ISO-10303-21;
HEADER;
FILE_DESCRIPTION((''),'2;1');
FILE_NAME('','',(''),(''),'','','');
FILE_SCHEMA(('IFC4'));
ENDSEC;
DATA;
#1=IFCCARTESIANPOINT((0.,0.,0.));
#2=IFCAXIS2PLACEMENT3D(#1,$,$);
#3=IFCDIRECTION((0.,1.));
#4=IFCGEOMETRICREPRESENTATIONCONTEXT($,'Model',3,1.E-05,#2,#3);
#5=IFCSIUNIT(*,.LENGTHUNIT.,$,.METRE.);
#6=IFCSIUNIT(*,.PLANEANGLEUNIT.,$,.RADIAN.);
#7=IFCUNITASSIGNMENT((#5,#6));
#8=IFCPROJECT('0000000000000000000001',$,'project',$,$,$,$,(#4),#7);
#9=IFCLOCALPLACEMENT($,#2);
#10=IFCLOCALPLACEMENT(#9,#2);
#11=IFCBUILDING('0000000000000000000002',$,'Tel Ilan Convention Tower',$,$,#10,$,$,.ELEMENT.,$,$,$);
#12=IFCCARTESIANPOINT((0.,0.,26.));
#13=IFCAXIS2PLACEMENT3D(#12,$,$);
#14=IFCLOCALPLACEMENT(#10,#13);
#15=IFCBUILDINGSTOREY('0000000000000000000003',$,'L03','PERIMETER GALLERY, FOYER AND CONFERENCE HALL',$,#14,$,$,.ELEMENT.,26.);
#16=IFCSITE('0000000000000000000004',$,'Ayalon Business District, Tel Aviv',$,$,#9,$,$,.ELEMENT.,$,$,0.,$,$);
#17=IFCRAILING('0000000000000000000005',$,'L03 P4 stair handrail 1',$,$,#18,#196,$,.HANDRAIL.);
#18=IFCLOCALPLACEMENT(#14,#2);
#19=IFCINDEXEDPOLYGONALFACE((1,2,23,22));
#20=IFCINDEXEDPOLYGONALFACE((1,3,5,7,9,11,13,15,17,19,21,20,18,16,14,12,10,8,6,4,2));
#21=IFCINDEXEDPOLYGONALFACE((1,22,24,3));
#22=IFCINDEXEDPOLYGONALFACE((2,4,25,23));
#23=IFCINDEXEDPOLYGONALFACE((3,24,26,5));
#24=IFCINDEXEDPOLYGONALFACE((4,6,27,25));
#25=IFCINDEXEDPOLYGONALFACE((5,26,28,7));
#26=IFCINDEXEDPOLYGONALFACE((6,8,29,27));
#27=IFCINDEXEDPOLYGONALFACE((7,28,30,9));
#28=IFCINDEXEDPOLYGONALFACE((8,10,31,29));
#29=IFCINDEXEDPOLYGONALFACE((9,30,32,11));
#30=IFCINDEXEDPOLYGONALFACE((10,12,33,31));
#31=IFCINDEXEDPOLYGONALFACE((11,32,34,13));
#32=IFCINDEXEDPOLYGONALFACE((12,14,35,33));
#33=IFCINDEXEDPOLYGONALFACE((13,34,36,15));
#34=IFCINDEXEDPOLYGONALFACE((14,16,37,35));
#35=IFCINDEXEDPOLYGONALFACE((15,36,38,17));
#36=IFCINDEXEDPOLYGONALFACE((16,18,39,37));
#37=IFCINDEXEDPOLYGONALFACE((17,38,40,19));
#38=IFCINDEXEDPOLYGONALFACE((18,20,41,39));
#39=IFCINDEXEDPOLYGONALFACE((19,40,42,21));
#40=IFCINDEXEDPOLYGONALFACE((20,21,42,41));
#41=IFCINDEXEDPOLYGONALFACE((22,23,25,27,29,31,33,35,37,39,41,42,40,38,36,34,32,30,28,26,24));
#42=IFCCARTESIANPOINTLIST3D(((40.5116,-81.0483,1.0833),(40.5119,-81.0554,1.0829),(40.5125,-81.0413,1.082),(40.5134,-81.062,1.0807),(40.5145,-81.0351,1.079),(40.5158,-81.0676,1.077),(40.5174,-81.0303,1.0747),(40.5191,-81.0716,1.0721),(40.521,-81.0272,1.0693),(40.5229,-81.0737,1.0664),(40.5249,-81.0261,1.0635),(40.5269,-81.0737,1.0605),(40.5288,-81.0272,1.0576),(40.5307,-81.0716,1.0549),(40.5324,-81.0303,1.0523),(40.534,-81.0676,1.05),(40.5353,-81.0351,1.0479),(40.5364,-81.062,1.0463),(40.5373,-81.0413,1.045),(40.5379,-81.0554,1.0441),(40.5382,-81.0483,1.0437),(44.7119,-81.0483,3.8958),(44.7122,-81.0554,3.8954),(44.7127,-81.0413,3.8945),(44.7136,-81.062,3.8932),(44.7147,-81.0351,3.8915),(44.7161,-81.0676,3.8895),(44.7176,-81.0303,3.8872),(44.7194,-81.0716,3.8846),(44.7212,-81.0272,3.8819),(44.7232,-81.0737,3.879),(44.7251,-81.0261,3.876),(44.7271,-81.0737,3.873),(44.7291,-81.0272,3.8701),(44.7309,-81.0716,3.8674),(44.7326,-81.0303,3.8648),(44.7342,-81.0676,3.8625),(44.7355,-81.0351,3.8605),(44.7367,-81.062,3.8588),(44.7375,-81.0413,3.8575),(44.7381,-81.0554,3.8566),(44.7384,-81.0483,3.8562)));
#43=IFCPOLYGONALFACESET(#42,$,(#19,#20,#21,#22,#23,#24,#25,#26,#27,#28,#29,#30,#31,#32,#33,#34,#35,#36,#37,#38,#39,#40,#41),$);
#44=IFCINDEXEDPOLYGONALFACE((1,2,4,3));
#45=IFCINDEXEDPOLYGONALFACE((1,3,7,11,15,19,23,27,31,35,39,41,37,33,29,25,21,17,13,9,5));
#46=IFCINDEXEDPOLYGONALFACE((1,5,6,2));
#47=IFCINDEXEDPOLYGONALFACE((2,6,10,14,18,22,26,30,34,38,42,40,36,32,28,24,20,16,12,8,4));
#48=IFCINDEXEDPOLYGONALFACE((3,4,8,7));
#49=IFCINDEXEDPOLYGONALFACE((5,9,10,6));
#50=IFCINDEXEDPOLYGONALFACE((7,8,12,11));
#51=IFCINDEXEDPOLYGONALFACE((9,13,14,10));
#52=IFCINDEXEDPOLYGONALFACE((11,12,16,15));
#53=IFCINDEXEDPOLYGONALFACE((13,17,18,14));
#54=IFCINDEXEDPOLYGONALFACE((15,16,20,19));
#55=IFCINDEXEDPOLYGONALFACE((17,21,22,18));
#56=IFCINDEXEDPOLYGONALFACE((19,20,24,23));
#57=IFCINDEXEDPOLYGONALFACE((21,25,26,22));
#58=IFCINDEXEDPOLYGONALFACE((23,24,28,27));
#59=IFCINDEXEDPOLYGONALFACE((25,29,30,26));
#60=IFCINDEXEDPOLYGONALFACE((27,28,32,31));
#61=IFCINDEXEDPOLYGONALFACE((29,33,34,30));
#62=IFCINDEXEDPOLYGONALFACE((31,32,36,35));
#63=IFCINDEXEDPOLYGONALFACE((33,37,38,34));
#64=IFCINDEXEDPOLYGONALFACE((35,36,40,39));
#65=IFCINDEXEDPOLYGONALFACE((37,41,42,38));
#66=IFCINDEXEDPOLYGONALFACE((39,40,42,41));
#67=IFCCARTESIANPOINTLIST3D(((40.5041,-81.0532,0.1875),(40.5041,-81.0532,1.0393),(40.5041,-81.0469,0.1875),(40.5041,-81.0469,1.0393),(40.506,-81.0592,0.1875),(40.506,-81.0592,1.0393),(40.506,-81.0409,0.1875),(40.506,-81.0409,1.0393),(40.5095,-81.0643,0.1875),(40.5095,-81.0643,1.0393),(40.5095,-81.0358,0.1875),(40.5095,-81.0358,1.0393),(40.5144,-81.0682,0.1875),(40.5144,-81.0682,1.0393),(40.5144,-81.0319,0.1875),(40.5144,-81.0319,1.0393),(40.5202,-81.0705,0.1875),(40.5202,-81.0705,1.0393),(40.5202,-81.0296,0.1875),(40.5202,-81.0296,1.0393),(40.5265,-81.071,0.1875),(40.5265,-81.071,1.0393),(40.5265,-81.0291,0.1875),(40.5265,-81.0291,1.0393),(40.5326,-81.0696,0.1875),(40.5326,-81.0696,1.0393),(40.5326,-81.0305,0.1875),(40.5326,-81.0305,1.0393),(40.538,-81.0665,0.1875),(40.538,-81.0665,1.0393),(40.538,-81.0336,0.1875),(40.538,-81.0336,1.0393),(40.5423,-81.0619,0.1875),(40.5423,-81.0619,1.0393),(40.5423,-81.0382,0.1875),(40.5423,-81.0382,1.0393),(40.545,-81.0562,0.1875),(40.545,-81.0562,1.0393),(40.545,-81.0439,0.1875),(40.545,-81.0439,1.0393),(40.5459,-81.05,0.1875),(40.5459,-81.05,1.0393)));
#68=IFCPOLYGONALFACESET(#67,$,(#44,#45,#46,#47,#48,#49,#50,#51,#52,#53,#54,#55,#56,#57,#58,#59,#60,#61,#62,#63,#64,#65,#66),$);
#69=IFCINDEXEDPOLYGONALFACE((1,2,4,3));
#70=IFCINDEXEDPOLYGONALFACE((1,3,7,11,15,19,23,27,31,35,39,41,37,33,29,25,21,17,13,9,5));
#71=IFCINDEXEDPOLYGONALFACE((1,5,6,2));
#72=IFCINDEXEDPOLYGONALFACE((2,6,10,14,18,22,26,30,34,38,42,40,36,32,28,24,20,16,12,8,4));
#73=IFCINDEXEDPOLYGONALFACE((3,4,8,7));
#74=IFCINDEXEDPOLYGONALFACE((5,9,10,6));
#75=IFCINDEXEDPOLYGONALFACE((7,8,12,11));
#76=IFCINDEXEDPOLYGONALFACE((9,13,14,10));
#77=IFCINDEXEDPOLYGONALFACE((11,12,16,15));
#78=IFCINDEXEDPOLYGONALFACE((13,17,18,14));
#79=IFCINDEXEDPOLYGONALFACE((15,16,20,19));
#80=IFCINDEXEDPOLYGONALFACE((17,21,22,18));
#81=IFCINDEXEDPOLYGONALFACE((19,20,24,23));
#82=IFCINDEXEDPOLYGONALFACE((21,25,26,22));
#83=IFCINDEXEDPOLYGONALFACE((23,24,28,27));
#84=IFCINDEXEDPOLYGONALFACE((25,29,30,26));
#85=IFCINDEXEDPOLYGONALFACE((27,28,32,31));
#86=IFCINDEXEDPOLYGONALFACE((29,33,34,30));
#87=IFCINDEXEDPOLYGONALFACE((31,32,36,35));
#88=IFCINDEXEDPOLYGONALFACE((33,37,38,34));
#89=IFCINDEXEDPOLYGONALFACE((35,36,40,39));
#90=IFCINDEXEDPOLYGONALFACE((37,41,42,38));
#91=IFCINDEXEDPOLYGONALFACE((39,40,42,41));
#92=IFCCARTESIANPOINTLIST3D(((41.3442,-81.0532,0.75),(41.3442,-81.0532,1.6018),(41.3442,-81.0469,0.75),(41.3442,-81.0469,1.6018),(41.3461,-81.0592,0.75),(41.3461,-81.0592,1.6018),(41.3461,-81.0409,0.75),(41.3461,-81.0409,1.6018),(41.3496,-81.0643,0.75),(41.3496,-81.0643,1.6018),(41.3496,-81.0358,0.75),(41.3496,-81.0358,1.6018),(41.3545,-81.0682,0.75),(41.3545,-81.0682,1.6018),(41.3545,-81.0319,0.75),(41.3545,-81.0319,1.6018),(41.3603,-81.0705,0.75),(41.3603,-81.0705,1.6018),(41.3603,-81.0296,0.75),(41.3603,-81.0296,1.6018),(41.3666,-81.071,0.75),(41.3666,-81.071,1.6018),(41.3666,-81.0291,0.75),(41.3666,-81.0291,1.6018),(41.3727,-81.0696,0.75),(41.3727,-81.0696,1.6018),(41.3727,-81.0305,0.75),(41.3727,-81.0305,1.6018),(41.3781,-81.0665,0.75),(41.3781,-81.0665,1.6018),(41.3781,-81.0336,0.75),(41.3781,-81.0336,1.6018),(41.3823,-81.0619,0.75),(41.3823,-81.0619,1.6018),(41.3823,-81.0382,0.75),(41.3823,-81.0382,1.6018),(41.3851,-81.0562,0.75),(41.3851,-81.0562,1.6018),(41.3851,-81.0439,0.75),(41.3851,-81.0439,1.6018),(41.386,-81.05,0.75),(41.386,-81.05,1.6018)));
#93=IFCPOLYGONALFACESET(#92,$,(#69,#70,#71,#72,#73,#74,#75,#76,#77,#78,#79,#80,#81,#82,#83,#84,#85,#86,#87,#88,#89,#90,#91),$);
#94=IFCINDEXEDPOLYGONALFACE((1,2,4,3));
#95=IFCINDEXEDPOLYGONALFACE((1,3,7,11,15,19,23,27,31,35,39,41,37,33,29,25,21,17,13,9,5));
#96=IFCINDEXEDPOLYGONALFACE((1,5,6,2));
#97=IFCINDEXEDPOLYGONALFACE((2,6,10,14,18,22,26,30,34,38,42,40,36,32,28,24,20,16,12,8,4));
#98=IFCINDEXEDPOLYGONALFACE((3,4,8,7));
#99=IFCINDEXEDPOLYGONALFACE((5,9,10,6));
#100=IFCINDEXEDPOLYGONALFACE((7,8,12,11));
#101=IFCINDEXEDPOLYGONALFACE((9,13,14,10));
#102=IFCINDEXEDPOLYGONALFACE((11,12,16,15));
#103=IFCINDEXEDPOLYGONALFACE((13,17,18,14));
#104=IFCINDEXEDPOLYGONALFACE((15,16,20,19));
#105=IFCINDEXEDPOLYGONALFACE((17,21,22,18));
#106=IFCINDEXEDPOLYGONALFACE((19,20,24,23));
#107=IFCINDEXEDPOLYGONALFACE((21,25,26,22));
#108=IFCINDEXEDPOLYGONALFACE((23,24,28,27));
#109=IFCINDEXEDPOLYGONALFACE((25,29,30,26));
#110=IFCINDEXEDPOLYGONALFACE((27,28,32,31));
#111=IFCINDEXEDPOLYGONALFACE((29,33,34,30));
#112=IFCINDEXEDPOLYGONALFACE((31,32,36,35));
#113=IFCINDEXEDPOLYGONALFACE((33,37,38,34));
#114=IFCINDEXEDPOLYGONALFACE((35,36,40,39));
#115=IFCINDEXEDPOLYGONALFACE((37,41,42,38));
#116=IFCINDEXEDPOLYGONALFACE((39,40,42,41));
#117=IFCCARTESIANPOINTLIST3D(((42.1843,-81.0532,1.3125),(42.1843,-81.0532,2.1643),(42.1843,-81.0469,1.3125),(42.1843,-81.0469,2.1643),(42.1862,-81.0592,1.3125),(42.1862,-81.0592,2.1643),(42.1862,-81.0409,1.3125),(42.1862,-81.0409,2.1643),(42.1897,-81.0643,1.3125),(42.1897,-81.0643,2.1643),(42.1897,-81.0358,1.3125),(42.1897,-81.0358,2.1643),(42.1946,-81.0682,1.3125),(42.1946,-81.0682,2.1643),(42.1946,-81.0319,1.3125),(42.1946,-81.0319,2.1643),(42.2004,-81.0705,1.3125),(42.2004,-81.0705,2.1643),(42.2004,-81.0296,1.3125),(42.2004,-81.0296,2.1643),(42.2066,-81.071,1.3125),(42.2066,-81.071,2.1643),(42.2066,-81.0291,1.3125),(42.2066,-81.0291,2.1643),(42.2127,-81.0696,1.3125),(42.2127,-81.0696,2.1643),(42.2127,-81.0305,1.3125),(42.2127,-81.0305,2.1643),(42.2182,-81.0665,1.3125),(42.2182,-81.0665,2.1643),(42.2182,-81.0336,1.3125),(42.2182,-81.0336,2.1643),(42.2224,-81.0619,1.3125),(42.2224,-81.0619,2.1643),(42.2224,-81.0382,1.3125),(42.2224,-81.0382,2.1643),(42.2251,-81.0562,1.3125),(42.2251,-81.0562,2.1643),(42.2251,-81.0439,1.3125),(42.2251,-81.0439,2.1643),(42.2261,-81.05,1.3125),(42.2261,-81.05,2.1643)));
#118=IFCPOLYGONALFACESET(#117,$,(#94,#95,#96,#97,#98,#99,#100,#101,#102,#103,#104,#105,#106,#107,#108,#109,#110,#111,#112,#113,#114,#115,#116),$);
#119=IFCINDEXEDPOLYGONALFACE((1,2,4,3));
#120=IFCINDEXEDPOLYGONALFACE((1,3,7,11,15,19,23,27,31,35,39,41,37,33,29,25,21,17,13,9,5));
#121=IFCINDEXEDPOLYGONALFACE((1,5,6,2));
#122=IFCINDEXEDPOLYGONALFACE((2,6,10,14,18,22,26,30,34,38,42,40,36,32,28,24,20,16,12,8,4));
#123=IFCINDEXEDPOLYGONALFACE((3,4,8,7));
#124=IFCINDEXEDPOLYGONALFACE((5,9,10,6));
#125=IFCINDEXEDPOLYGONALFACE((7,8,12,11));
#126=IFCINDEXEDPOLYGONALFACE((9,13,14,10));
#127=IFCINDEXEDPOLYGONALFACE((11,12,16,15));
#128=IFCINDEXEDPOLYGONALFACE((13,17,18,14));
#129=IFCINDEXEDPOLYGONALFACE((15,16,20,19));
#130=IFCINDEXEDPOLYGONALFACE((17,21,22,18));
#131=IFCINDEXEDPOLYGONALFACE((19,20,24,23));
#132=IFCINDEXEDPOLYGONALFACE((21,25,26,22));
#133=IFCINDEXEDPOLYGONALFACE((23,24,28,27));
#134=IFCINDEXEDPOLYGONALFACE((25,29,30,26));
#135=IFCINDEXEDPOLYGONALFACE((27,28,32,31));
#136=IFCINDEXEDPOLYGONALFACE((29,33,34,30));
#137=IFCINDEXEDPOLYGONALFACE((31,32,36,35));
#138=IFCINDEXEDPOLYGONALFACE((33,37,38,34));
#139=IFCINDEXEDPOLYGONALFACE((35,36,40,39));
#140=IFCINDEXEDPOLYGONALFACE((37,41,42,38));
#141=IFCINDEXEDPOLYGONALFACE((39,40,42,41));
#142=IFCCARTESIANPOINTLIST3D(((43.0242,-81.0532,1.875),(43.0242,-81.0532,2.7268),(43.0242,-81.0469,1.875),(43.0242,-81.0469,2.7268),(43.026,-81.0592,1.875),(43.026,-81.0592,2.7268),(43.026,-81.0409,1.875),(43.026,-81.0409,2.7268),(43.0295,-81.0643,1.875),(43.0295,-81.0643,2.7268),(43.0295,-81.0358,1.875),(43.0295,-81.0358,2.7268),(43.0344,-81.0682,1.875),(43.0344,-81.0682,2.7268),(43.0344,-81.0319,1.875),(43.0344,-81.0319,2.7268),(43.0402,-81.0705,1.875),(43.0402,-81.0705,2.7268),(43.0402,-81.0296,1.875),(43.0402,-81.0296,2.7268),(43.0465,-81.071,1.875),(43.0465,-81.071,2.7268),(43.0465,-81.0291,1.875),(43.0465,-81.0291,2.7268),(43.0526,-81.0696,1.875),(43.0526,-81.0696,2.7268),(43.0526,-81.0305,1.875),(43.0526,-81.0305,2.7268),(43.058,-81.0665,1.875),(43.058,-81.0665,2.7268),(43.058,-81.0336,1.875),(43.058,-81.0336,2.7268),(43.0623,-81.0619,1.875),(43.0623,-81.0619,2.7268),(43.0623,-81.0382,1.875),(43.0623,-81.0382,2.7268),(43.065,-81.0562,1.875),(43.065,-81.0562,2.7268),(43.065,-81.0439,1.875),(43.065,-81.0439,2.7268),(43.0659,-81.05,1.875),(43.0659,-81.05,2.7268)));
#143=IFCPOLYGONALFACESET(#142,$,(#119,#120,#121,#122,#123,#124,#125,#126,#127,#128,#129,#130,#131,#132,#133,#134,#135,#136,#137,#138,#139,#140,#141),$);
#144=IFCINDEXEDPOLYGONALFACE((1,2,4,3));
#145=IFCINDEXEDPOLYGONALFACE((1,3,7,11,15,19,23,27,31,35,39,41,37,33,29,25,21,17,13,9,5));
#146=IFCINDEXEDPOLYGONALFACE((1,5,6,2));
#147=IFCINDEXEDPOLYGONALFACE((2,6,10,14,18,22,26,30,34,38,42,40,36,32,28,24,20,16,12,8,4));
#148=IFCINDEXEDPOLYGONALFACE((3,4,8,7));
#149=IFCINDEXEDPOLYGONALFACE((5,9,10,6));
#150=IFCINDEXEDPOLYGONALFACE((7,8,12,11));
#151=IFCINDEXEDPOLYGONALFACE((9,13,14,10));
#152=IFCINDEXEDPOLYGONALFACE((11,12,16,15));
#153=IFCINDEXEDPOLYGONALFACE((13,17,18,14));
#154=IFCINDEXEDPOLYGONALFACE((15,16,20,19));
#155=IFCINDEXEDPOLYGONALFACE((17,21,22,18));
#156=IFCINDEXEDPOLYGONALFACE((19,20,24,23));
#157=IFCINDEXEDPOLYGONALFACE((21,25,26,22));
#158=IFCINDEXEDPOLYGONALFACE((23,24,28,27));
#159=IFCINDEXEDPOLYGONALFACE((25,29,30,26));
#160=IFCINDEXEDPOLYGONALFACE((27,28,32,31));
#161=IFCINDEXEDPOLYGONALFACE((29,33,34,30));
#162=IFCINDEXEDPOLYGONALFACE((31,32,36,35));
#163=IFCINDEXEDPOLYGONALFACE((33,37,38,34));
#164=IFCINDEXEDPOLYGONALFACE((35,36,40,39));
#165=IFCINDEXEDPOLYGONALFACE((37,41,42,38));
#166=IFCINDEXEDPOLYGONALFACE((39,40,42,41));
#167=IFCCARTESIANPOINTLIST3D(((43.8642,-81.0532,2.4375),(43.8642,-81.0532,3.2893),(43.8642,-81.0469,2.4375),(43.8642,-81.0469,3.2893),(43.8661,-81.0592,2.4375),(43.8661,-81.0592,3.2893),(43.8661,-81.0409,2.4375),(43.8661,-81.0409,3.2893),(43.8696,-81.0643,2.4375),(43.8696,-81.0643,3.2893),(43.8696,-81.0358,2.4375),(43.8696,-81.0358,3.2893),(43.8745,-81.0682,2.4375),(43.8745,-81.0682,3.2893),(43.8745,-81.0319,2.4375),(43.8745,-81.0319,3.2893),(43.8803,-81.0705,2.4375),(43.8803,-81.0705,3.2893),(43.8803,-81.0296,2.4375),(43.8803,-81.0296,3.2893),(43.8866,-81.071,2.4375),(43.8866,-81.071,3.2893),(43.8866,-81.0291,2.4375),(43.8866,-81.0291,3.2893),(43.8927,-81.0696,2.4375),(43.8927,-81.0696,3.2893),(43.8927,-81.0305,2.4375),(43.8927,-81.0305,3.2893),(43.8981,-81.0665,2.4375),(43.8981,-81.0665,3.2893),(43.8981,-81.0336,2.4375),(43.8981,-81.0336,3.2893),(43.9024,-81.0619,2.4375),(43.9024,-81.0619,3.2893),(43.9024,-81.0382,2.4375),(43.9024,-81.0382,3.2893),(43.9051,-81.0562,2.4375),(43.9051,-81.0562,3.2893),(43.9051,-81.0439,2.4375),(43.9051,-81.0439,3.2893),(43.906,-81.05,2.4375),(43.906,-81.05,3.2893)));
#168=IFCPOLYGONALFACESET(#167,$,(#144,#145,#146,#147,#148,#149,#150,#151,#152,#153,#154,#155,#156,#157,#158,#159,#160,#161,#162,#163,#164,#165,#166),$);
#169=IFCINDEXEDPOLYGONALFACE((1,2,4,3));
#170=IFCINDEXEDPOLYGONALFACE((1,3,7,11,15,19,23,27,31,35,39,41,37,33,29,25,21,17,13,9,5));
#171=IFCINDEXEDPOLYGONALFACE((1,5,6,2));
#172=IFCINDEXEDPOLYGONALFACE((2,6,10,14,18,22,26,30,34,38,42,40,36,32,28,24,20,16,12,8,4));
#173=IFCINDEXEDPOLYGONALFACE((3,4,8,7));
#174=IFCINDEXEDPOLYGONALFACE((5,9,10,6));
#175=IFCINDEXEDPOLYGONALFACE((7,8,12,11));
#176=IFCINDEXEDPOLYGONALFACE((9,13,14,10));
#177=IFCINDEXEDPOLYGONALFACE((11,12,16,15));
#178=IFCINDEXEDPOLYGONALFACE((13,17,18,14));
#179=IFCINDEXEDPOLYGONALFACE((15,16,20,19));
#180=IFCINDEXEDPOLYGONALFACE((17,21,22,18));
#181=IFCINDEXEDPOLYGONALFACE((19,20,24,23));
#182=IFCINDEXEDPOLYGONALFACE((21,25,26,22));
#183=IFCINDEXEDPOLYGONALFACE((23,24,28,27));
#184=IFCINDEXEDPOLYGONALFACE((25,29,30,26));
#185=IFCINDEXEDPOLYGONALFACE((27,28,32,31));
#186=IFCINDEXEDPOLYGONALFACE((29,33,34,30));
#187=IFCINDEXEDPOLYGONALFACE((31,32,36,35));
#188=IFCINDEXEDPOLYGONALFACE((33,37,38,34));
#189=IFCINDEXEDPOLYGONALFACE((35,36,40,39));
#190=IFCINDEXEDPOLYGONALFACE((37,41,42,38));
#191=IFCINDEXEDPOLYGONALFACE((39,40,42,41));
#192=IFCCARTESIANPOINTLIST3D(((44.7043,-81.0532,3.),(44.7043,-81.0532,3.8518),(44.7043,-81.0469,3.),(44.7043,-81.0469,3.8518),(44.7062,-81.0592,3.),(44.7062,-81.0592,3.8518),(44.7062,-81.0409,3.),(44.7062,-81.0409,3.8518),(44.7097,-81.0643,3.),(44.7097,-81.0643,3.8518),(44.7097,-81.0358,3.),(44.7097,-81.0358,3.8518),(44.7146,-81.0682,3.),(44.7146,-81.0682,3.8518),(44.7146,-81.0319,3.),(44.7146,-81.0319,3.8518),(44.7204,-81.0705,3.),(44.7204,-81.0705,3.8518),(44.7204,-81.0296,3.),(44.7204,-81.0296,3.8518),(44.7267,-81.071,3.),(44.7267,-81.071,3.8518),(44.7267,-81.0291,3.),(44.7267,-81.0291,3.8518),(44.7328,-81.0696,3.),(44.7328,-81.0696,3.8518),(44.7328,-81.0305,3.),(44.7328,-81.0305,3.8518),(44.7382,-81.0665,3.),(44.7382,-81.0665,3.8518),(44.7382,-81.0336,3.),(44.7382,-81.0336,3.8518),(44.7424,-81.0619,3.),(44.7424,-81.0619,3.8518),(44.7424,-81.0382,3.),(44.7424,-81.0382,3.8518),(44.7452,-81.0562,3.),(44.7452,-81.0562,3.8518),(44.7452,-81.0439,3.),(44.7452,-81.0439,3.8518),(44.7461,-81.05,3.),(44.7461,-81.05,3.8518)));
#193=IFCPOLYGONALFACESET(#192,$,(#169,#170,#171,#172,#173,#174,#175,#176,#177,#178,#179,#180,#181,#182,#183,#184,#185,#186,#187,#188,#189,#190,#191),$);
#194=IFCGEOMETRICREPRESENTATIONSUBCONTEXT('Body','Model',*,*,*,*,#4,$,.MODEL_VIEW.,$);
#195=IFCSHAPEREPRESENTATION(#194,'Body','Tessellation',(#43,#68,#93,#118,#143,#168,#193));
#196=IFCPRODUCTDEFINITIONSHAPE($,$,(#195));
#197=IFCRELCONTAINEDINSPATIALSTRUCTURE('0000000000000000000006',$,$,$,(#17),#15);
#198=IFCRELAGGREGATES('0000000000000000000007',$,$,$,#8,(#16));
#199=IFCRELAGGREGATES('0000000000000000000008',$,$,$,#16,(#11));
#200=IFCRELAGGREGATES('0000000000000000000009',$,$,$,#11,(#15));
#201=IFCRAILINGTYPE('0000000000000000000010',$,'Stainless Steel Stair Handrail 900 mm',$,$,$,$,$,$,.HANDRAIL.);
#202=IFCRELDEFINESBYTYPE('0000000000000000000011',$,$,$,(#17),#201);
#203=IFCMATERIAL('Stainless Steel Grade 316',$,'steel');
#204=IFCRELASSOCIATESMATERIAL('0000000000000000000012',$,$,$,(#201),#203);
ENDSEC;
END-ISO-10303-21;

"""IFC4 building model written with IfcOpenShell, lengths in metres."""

from ifc_helpers import new_model, si_unit, direction, frame, origin, origin_2d, place, context, subcontext, project, spatial, circle, extrude, material, type_object, element, save


model = new_model("IFC4")

# Units and contexts
model_context = context("Model", 3, precision=1e-05, world=origin(), true_north=direction((0.0, 1.0)))
body_context = subcontext(model_context, "Body", "Model", "MODEL_VIEW")
ifc_project = project(units=[si_unit("LENGTHUNIT", "METRE"), si_unit("PLANEANGLEUNIT", "RADIAN")], contexts=[model_context])

# Site, building, storey
site_placement = place(None, origin())
site = spatial("IfcSite", under=ifc_project, at=site_placement, Name="Ayalon Business District, Tel Aviv", CompositionType="ELEMENT", RefElevation=0.0)
building_placement = place(site_placement, origin())
building = spatial("IfcBuilding", under=site, at=building_placement, Name="Tel Ilan Convention Tower", CompositionType="ELEMENT")
storey_placement = place(building_placement, frame((0.0, 0.0, 26.0)))
storey = spatial("IfcBuildingStorey", under=building, at=storey_placement, Name="L03", Description="PERIMETER GALLERY, FOYER AND CONFERENCE HALL", CompositionType="ELEMENT", Elevation=26.0)

# Railing
ifc_material_1 = material(Name="Stainless Steel Grade 316", Category="steel")
railing_type_1 = type_object("IfcRailingType", Name="Stainless Steel Stair Handrail 900 mm", PredefinedType="HANDRAIL", material=ifc_material_1)
railing_1_placement = place(storey_placement, frame((40.5249, -81.05, 0.1875)))
element("IfcRailing", 1, at=railing_1_placement, inside=storey, type_object=railing_type_1, Name="L03 P4 stair handrail 1", PredefinedType="HANDRAIL", context=body_context, shape_type="SweptSolid", body=[
    extrude(circle(Radius=0.0239, at=origin_2d()), frame((0.0, 0.0, 0.876), z_axis=(0.830919, 0.0, 0.556393), x_axis=(0.0, 1.0, 0.0)), (0.0, 0.0, 1.0), 5.0549),
    extrude(circle(Radius=0.021, at=origin_2d()), origin(), (0.0, 0.0, 1.0), 0.8518),
    extrude(circle(Radius=0.021, at=origin_2d()), frame((0.8401, 0.0, 0.5625)), (0.0, 0.0, 1.0), 0.8518),
    extrude(circle(Radius=0.021, at=origin_2d()), frame((1.6802, 0.0, 1.125)), (0.0, 0.0, 1.0), 0.8518),
    extrude(circle(Radius=0.021, at=origin_2d()), frame((2.52, 0.0, 1.6875)), (0.0, 0.0, 1.0), 0.8518),
    extrude(circle(Radius=0.021, at=origin_2d()), frame((3.3601, 0.0, 2.25)), (0.0, 0.0, 1.0), 0.8518),
    extrude(circle(Radius=0.021, at=origin_2d()), frame((4.2002, 0.0, 2.8125)), (0.0, 0.0, 1.0), 0.8518),
])

save(model, "model.ifc")
